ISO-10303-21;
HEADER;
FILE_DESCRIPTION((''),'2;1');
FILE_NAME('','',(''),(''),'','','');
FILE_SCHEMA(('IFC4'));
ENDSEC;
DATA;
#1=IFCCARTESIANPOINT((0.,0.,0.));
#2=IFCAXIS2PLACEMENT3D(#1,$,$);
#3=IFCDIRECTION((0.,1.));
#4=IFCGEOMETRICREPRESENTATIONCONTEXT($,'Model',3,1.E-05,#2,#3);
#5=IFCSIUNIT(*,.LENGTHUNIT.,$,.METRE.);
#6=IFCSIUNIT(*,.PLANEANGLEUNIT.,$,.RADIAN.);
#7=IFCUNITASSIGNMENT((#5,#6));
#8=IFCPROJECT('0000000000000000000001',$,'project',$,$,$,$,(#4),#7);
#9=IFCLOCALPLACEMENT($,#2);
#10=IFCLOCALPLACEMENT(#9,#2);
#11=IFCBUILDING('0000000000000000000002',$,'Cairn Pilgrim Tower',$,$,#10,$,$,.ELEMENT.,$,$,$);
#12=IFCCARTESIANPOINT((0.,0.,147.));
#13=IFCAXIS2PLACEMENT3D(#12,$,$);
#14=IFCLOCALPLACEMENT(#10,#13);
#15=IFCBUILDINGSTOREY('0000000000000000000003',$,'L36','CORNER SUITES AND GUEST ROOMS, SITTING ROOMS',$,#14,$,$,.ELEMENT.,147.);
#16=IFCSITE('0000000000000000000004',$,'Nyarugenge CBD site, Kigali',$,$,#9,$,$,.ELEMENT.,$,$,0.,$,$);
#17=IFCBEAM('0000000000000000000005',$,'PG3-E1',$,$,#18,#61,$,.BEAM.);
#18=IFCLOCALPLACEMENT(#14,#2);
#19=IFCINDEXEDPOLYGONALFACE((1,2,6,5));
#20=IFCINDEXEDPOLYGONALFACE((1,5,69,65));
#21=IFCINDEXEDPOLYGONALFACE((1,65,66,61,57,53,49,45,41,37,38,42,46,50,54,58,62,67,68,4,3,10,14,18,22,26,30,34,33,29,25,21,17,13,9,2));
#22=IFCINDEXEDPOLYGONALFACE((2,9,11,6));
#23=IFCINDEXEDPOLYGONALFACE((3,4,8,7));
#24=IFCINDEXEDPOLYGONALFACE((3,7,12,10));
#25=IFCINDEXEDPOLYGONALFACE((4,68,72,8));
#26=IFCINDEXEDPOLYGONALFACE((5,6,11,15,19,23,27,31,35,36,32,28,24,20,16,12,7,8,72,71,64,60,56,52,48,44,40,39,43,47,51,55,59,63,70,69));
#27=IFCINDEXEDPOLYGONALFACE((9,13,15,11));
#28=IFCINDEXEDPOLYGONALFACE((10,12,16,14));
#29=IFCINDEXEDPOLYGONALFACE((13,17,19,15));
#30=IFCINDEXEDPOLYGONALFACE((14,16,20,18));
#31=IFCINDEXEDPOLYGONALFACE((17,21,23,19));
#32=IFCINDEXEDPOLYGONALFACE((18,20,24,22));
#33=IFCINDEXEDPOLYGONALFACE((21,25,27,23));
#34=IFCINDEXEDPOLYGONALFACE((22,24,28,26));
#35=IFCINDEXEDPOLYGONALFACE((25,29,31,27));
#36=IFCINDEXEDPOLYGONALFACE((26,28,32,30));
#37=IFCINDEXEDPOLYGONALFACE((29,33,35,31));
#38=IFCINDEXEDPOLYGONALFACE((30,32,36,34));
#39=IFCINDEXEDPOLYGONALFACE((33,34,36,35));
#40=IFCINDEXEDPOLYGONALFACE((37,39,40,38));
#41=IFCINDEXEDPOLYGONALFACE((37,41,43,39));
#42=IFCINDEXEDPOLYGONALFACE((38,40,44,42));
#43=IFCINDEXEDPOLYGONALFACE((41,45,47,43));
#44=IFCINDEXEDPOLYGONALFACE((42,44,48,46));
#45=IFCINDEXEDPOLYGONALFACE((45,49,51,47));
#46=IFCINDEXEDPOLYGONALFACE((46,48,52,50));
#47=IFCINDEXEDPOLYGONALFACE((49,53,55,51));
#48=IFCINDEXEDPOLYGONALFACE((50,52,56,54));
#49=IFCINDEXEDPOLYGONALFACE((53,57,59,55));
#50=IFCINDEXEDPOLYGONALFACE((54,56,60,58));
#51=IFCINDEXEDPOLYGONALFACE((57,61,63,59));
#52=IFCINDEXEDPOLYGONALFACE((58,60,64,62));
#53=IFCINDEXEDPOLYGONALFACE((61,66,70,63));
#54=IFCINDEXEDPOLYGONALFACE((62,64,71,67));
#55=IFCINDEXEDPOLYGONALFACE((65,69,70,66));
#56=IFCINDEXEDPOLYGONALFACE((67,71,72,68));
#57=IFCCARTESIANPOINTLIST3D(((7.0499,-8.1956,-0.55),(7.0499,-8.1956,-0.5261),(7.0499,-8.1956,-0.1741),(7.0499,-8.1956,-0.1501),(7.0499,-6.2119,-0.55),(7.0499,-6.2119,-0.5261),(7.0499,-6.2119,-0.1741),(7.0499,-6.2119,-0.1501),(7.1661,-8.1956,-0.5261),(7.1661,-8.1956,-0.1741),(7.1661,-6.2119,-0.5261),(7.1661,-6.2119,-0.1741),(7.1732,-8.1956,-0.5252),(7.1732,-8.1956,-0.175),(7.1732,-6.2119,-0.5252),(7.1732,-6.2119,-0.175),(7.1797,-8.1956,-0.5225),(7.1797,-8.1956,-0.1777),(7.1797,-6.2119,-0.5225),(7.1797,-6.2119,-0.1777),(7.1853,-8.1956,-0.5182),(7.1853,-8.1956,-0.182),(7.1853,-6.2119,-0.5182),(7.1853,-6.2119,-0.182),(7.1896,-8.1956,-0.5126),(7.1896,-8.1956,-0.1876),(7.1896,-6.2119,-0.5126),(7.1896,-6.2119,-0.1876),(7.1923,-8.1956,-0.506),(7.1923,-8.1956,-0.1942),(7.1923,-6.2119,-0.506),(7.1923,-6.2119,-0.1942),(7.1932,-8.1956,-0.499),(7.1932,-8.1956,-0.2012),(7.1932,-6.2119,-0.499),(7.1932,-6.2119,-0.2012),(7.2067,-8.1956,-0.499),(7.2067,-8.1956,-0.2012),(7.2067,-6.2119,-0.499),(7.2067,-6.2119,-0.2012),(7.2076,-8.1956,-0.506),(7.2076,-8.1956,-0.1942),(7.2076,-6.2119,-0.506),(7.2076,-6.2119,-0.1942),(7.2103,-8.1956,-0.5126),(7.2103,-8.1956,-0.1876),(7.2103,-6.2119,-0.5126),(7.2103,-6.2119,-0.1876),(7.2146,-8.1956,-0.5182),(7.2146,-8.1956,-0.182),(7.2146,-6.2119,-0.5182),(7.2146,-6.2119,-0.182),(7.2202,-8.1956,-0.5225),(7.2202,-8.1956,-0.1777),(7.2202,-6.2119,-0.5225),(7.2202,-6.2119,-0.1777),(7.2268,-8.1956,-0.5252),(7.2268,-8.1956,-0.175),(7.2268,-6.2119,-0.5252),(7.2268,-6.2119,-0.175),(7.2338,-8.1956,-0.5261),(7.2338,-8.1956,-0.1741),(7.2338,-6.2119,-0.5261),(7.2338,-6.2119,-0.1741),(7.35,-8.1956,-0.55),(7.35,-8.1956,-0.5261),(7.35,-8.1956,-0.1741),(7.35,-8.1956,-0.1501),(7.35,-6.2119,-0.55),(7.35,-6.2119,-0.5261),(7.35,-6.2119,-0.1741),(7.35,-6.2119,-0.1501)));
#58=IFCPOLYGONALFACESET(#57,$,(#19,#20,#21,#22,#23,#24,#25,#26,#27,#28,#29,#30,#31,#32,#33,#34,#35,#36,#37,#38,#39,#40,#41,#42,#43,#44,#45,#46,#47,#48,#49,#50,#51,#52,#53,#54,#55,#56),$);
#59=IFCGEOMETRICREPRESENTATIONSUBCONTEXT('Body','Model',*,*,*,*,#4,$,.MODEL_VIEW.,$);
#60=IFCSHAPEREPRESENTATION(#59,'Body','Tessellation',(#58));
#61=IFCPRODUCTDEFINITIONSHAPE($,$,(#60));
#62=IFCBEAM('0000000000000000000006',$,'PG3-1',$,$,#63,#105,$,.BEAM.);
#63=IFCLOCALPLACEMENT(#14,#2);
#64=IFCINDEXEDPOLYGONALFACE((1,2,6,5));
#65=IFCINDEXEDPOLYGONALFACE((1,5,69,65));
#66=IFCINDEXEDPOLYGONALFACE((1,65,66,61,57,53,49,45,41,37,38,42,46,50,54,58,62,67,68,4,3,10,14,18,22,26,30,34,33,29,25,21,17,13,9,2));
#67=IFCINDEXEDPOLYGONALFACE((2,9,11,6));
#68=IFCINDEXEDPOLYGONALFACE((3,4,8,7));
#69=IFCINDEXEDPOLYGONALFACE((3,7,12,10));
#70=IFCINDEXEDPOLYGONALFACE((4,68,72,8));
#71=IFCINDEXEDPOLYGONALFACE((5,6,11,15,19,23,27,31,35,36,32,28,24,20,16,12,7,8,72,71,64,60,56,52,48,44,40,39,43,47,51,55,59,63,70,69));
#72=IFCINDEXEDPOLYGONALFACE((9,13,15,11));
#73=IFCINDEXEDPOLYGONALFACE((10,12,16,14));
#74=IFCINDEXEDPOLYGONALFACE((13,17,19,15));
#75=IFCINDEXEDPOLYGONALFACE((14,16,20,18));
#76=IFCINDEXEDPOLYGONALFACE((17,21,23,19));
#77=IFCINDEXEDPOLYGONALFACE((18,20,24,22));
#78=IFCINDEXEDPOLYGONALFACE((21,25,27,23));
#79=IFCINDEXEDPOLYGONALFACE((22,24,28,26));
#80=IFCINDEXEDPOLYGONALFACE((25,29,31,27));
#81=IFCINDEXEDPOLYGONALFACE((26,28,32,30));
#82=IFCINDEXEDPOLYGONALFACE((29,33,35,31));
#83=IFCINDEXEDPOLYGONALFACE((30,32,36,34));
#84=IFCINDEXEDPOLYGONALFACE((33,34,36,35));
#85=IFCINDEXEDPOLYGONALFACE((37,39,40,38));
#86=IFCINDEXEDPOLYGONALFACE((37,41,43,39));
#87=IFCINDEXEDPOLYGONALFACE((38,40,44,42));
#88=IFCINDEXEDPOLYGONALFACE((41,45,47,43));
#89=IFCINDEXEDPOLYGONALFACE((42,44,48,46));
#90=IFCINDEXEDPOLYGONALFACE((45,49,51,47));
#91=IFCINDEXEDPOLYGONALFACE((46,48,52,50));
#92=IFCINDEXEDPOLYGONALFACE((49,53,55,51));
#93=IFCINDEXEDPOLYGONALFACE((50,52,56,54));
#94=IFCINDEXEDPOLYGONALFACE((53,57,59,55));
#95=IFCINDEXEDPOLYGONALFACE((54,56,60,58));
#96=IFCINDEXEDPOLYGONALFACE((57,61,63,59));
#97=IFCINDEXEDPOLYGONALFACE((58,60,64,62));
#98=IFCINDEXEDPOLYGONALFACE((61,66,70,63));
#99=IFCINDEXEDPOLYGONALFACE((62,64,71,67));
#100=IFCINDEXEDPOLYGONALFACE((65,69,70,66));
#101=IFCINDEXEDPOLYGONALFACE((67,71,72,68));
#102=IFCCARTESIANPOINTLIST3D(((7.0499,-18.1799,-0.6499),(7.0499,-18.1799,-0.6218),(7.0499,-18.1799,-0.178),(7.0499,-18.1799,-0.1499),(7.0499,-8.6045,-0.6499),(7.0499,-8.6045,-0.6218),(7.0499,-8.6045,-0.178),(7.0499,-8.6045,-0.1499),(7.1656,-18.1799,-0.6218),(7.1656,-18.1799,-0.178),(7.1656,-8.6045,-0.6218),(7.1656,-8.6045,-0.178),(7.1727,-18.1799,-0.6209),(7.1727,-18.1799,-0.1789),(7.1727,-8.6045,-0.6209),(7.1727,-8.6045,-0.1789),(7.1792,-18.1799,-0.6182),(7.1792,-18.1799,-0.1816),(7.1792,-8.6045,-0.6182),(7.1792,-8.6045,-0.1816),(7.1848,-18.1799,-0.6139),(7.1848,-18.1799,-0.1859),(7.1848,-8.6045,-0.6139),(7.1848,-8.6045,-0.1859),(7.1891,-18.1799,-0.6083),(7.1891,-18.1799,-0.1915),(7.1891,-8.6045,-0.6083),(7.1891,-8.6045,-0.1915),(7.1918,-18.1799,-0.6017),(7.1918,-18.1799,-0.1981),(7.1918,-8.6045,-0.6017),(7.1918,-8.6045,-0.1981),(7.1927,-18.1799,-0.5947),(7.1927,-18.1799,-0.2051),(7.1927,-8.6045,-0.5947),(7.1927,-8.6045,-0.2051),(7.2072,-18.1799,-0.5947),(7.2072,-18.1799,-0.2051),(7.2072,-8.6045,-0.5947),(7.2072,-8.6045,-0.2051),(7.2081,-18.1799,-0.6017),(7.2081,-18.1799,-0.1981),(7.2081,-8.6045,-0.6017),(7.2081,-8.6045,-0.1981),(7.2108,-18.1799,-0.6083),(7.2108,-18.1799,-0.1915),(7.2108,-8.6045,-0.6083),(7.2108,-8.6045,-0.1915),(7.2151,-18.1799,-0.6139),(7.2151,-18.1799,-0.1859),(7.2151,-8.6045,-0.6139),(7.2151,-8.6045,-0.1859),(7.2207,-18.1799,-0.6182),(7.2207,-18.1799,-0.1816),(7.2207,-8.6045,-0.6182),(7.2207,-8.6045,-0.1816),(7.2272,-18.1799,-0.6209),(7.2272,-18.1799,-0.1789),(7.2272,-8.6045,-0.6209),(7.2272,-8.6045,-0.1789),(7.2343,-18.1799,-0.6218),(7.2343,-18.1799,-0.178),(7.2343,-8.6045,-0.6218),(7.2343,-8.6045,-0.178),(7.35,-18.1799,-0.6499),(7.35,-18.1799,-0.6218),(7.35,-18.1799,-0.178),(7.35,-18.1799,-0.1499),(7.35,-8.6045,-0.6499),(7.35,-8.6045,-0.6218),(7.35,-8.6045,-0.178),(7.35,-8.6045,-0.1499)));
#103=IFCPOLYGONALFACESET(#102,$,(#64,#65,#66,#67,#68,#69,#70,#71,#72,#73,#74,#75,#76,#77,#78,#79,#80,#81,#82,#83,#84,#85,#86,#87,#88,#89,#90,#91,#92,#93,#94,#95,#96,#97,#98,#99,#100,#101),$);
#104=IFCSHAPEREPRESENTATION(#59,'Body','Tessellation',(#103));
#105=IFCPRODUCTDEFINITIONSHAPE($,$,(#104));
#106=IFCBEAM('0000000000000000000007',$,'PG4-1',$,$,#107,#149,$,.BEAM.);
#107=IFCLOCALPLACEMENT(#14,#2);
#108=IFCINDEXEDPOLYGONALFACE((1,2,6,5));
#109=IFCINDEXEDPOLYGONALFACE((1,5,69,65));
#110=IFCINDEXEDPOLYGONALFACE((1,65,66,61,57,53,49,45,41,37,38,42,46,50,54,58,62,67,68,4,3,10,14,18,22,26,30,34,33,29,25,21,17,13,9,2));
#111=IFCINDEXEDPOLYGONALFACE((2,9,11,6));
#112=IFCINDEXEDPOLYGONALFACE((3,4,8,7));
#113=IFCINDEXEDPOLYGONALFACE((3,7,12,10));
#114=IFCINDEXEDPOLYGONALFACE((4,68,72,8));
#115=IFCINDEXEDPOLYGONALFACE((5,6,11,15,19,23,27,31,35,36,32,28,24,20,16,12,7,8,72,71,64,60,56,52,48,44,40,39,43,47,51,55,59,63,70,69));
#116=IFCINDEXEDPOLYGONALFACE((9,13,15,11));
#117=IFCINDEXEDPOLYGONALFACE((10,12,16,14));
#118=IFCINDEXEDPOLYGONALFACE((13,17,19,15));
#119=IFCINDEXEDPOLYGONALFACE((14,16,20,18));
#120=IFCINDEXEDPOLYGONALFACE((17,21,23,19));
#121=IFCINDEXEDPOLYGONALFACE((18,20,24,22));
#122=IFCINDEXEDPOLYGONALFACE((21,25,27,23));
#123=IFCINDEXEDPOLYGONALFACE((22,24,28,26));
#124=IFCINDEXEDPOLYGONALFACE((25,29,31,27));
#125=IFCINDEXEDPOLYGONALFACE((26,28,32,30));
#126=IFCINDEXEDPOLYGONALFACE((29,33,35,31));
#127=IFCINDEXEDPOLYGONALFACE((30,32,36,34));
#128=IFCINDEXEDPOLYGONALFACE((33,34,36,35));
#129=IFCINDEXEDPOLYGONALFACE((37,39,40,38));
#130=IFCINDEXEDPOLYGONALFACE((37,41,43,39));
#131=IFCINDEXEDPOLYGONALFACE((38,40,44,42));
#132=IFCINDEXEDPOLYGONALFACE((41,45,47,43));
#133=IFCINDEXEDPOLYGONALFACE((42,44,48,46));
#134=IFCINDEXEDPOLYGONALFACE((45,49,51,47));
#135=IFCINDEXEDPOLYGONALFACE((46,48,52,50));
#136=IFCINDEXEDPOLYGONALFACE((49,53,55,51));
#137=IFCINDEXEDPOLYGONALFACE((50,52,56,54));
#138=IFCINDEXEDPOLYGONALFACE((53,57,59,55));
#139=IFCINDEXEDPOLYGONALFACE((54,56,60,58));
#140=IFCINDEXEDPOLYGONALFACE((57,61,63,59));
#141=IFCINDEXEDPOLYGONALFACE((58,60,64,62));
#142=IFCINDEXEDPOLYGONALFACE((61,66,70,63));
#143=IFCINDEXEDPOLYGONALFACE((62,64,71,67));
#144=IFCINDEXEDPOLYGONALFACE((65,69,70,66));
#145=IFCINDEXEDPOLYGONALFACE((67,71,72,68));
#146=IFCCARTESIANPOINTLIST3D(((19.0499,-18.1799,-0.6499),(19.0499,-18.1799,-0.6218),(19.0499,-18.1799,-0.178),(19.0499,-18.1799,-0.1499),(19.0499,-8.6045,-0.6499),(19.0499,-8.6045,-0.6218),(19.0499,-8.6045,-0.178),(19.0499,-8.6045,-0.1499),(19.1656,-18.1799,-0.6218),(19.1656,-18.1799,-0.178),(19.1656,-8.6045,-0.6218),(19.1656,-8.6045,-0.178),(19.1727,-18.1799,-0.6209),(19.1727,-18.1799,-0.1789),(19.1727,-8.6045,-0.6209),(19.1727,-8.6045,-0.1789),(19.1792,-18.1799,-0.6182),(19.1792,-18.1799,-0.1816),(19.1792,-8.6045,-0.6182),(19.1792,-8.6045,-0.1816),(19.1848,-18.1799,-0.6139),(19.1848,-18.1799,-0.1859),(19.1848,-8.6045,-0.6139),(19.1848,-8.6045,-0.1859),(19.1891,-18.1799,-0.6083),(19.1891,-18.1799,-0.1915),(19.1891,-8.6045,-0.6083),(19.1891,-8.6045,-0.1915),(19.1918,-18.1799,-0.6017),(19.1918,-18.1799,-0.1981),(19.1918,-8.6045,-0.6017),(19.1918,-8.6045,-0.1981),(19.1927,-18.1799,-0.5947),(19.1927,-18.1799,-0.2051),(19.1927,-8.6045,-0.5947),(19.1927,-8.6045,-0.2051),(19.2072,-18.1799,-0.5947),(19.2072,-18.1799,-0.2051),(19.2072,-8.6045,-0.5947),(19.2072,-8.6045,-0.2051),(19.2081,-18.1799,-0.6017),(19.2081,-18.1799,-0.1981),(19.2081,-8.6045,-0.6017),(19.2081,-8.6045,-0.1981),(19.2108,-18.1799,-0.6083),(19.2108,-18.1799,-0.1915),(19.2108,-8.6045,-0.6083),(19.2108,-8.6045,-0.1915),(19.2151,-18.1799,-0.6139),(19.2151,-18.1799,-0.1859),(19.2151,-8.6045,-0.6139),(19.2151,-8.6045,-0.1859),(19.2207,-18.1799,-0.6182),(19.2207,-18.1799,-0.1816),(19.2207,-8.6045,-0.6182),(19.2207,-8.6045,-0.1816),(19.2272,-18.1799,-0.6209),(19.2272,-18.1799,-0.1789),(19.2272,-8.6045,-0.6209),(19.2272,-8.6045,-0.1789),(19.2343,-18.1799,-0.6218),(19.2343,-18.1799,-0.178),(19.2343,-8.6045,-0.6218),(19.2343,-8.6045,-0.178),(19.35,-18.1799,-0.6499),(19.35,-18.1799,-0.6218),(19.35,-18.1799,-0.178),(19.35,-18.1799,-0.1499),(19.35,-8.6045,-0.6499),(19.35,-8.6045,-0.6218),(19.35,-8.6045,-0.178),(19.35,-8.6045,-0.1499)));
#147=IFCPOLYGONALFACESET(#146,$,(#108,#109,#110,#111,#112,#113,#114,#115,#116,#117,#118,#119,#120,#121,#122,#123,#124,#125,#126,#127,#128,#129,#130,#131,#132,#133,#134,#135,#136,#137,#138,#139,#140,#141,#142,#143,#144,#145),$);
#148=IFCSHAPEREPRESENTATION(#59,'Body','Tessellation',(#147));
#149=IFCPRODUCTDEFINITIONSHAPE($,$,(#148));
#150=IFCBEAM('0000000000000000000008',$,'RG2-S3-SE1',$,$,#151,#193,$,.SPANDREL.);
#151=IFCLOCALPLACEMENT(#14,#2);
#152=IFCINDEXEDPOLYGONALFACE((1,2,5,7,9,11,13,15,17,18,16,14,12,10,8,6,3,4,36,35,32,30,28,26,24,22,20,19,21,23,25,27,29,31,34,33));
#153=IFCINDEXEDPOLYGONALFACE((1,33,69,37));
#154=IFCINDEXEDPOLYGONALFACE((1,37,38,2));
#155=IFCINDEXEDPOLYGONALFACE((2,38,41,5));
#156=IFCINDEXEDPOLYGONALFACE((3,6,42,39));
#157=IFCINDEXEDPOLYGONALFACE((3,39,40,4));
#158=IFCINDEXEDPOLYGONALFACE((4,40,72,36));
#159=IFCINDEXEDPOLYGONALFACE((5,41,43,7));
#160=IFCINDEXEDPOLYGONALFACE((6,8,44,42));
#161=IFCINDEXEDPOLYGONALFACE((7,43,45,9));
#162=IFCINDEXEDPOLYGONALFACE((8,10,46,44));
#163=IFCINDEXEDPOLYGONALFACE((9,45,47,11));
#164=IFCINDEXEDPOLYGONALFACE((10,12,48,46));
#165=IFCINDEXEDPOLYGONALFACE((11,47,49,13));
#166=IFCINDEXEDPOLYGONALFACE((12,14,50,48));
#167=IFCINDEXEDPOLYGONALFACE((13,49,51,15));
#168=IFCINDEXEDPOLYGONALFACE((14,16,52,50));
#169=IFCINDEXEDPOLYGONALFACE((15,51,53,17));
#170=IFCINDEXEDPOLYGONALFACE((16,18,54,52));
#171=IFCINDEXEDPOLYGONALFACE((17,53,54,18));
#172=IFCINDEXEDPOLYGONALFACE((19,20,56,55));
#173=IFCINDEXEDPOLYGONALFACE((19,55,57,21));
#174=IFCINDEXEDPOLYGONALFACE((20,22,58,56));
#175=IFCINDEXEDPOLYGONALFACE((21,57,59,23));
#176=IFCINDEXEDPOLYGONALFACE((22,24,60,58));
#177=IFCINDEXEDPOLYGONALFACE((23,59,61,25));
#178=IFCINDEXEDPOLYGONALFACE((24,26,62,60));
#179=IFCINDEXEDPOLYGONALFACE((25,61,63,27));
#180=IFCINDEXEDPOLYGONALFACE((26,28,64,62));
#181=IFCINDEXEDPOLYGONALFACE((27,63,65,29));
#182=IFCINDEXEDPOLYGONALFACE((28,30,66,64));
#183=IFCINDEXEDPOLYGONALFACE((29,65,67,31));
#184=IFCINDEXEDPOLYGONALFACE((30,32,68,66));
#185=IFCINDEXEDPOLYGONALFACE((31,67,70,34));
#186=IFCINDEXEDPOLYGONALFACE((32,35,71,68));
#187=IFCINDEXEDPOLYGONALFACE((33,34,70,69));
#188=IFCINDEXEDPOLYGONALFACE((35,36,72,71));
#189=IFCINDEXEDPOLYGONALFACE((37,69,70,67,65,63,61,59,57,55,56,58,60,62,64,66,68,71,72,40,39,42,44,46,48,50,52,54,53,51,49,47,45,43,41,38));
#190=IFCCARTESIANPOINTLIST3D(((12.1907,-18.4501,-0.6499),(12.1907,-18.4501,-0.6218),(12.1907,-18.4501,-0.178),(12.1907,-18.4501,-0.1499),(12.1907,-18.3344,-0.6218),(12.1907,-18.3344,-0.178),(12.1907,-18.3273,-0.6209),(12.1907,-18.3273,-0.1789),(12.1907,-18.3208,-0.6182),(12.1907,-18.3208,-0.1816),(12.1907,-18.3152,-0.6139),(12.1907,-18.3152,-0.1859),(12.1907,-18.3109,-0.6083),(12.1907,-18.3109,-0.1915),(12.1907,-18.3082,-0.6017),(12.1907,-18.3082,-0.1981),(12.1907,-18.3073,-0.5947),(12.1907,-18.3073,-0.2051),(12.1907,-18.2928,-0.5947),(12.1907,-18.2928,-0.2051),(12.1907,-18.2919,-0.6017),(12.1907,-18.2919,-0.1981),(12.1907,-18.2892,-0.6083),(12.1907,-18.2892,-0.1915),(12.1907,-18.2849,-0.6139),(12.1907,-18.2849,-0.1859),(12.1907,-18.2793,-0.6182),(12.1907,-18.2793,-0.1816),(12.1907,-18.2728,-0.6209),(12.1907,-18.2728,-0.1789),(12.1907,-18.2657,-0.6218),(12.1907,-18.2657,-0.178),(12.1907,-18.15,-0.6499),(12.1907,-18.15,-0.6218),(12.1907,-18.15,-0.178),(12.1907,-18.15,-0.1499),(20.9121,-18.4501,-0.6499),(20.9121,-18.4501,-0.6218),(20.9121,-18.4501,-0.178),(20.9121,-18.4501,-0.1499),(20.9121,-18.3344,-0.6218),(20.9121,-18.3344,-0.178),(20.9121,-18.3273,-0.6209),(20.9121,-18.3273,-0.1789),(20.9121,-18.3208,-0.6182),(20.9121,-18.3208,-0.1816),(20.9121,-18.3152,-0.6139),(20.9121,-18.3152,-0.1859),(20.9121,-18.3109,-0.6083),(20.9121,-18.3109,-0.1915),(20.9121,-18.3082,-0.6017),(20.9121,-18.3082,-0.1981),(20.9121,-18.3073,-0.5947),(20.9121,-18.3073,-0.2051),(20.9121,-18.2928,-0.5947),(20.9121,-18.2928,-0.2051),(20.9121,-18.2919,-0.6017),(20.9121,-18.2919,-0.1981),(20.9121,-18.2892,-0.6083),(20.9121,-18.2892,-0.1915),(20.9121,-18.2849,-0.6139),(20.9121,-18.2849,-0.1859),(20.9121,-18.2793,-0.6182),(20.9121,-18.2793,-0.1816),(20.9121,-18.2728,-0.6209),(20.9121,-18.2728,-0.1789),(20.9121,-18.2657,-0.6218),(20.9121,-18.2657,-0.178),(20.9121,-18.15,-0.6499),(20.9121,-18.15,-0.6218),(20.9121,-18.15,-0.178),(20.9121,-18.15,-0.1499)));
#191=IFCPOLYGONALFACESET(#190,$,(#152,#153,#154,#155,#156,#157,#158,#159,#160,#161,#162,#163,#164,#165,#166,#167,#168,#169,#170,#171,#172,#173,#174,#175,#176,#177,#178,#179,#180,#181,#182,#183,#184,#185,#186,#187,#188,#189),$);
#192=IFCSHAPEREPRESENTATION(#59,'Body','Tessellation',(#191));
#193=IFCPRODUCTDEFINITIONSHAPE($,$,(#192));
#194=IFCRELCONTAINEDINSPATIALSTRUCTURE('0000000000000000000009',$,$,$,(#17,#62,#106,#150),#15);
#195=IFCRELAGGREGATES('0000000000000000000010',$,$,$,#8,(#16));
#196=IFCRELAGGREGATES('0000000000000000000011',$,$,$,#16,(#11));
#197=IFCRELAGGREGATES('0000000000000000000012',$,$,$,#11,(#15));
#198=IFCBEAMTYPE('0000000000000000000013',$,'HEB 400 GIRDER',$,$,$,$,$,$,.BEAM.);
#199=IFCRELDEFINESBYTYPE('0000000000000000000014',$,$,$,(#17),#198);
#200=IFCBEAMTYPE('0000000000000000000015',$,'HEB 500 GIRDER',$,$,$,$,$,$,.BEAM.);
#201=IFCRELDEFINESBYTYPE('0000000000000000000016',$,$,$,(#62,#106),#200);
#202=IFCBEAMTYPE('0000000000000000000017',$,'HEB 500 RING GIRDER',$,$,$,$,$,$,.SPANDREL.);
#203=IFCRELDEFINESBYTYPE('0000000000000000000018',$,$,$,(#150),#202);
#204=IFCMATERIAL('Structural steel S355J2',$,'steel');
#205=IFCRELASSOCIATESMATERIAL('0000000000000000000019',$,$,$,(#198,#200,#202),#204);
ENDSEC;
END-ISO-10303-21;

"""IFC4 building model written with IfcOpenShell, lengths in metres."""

from ifc_helpers import new_model, si_unit, direction, frame, origin, origin_2d, place, context, subcontext, project, spatial, i_section, extrude, material, material_profile, profile_set, type_object, element, save


model = new_model("IFC4")

# Units and contexts
model_context = context("Model", 3, precision=1e-05, world=origin(), true_north=direction((0.0, 1.0)))
body_context = subcontext(model_context, "Body", "Model", "MODEL_VIEW")
ifc_project = project(units=[si_unit("LENGTHUNIT", "METRE"), si_unit("PLANEANGLEUNIT", "RADIAN")], contexts=[model_context])

# Site, building, storey
site_placement = place(None, origin())
site = spatial("IfcSite", under=ifc_project, at=site_placement, Name="Nyarugenge CBD site, Kigali", CompositionType="ELEMENT", RefElevation=0.0)
building_placement = place(site_placement, origin())
building = spatial("IfcBuilding", under=site, at=building_placement, Name="Cairn Pilgrim Tower", CompositionType="ELEMENT")
storey_placement = place(building_placement, frame((0.0, 0.0, 147.0)))
storey = spatial("IfcBuildingStorey", under=building, at=storey_placement, Name="L36", Description="CORNER SUITES AND GUEST ROOMS, SITTING ROOMS", CompositionType="ELEMENT", Elevation=147.0)

# Beams
ifc_material_1 = material(Name="Structural steel S355J2", Category="steel")
ifc_material_profile_1 = material_profile(ifc_material_1, i_section(OverallWidth=0.3, OverallDepth=0.3999, WebThickness=0.0134, FlangeThickness=0.0239, FilletRadius=0.0271, at=origin_2d()), Name="HEB 400")
ifc_profile_set_1 = profile_set([ifc_material_profile_1], Name="Structural steel S355J2")
beam_type_1 = type_object("IfcBeamType", Name="HEB 400 GIRDER", PredefinedType="BEAM", material=ifc_profile_set_1)
beam_1_placement = place(storey_placement, frame((7.2, -8.1956, -0.3501), z_axis=(0.0, 1.0, 0.0), x_axis=(-1.0, 0.0, 0.0)))
element("IfcBeam", 1, at=beam_1_placement, inside=storey, type_object=beam_type_1, Name="PG3-E1", PredefinedType="BEAM", context=body_context, shape_type="SweptSolid", body=[
    extrude(i_section(OverallWidth=0.3, OverallDepth=0.3999, WebThickness=0.0134, FlangeThickness=0.0239, FilletRadius=0.0271, at=origin_2d()), origin(), (0.0, 0.0, 1.0), 1.9836),
])
ifc_material_profile_2 = material_profile(ifc_material_1, i_section(OverallWidth=0.3, OverallDepth=0.5, WebThickness=0.0144, FlangeThickness=0.0281, FilletRadius=0.0271, at=origin_2d()), Name="HEB 500")
ifc_profile_set_2 = profile_set([ifc_material_profile_2], Name="Structural steel S355J2")
beam_type_2 = type_object("IfcBeamType", Name="HEB 500 GIRDER", PredefinedType="BEAM", material=ifc_profile_set_2)
for number, where, z_axis, x_axis, name in (
    (2, (7.2, -18.1799, -0.3999), (0.0, 1.0, 0.0), (-1.0, 0.0, 0.0), "PG3-1"),
    (3, (19.2, -18.1799, -0.3999), (0.0, 1.0, 0.0), (-1.0, 0.0, 0.0), "PG4-1"),
):
    element("IfcBeam", number, at=place(storey_placement, frame(where, z_axis=z_axis, x_axis=x_axis)), inside=storey, type_object=beam_type_2, Name=name, PredefinedType="BEAM", context=body_context, shape_type="SweptSolid", body=[
        extrude(i_section(OverallWidth=0.3, OverallDepth=0.5, WebThickness=0.0144, FlangeThickness=0.0281, FilletRadius=0.0271, at=origin_2d()), origin(), (0.0, 0.0, 1.0), 9.5754),
    ])
ifc_material_profile_3 = material_profile(ifc_material_1, i_section(OverallWidth=0.3, OverallDepth=0.5, WebThickness=0.0144, FlangeThickness=0.0281, FilletRadius=0.0271, at=origin_2d()), Name="HEB 500")
ifc_profile_set_3 = profile_set([ifc_material_profile_3], Name="Structural steel S355J2")
beam_type_3 = type_object("IfcBeamType", Name="HEB 500 RING GIRDER", PredefinedType="SPANDREL", material=ifc_profile_set_3)
beam_2_placement = place(storey_placement, frame((12.1907, -18.3, -0.3999), z_axis=(1.0, 0.0, 0.0), x_axis=(0.0, 1.0, 0.0)))
element("IfcBeam", 4, at=beam_2_placement, inside=storey, type_object=beam_type_3, Name="RG2-S3-SE1", PredefinedType="SPANDREL", context=body_context, shape_type="SweptSolid", body=[
    extrude(i_section(OverallWidth=0.3, OverallDepth=0.5, WebThickness=0.0144, FlangeThickness=0.0281, FilletRadius=0.0271, at=origin_2d()), origin(), (0.0, 0.0, 1.0), 8.7214),
])

save(model, "model.ifc")
